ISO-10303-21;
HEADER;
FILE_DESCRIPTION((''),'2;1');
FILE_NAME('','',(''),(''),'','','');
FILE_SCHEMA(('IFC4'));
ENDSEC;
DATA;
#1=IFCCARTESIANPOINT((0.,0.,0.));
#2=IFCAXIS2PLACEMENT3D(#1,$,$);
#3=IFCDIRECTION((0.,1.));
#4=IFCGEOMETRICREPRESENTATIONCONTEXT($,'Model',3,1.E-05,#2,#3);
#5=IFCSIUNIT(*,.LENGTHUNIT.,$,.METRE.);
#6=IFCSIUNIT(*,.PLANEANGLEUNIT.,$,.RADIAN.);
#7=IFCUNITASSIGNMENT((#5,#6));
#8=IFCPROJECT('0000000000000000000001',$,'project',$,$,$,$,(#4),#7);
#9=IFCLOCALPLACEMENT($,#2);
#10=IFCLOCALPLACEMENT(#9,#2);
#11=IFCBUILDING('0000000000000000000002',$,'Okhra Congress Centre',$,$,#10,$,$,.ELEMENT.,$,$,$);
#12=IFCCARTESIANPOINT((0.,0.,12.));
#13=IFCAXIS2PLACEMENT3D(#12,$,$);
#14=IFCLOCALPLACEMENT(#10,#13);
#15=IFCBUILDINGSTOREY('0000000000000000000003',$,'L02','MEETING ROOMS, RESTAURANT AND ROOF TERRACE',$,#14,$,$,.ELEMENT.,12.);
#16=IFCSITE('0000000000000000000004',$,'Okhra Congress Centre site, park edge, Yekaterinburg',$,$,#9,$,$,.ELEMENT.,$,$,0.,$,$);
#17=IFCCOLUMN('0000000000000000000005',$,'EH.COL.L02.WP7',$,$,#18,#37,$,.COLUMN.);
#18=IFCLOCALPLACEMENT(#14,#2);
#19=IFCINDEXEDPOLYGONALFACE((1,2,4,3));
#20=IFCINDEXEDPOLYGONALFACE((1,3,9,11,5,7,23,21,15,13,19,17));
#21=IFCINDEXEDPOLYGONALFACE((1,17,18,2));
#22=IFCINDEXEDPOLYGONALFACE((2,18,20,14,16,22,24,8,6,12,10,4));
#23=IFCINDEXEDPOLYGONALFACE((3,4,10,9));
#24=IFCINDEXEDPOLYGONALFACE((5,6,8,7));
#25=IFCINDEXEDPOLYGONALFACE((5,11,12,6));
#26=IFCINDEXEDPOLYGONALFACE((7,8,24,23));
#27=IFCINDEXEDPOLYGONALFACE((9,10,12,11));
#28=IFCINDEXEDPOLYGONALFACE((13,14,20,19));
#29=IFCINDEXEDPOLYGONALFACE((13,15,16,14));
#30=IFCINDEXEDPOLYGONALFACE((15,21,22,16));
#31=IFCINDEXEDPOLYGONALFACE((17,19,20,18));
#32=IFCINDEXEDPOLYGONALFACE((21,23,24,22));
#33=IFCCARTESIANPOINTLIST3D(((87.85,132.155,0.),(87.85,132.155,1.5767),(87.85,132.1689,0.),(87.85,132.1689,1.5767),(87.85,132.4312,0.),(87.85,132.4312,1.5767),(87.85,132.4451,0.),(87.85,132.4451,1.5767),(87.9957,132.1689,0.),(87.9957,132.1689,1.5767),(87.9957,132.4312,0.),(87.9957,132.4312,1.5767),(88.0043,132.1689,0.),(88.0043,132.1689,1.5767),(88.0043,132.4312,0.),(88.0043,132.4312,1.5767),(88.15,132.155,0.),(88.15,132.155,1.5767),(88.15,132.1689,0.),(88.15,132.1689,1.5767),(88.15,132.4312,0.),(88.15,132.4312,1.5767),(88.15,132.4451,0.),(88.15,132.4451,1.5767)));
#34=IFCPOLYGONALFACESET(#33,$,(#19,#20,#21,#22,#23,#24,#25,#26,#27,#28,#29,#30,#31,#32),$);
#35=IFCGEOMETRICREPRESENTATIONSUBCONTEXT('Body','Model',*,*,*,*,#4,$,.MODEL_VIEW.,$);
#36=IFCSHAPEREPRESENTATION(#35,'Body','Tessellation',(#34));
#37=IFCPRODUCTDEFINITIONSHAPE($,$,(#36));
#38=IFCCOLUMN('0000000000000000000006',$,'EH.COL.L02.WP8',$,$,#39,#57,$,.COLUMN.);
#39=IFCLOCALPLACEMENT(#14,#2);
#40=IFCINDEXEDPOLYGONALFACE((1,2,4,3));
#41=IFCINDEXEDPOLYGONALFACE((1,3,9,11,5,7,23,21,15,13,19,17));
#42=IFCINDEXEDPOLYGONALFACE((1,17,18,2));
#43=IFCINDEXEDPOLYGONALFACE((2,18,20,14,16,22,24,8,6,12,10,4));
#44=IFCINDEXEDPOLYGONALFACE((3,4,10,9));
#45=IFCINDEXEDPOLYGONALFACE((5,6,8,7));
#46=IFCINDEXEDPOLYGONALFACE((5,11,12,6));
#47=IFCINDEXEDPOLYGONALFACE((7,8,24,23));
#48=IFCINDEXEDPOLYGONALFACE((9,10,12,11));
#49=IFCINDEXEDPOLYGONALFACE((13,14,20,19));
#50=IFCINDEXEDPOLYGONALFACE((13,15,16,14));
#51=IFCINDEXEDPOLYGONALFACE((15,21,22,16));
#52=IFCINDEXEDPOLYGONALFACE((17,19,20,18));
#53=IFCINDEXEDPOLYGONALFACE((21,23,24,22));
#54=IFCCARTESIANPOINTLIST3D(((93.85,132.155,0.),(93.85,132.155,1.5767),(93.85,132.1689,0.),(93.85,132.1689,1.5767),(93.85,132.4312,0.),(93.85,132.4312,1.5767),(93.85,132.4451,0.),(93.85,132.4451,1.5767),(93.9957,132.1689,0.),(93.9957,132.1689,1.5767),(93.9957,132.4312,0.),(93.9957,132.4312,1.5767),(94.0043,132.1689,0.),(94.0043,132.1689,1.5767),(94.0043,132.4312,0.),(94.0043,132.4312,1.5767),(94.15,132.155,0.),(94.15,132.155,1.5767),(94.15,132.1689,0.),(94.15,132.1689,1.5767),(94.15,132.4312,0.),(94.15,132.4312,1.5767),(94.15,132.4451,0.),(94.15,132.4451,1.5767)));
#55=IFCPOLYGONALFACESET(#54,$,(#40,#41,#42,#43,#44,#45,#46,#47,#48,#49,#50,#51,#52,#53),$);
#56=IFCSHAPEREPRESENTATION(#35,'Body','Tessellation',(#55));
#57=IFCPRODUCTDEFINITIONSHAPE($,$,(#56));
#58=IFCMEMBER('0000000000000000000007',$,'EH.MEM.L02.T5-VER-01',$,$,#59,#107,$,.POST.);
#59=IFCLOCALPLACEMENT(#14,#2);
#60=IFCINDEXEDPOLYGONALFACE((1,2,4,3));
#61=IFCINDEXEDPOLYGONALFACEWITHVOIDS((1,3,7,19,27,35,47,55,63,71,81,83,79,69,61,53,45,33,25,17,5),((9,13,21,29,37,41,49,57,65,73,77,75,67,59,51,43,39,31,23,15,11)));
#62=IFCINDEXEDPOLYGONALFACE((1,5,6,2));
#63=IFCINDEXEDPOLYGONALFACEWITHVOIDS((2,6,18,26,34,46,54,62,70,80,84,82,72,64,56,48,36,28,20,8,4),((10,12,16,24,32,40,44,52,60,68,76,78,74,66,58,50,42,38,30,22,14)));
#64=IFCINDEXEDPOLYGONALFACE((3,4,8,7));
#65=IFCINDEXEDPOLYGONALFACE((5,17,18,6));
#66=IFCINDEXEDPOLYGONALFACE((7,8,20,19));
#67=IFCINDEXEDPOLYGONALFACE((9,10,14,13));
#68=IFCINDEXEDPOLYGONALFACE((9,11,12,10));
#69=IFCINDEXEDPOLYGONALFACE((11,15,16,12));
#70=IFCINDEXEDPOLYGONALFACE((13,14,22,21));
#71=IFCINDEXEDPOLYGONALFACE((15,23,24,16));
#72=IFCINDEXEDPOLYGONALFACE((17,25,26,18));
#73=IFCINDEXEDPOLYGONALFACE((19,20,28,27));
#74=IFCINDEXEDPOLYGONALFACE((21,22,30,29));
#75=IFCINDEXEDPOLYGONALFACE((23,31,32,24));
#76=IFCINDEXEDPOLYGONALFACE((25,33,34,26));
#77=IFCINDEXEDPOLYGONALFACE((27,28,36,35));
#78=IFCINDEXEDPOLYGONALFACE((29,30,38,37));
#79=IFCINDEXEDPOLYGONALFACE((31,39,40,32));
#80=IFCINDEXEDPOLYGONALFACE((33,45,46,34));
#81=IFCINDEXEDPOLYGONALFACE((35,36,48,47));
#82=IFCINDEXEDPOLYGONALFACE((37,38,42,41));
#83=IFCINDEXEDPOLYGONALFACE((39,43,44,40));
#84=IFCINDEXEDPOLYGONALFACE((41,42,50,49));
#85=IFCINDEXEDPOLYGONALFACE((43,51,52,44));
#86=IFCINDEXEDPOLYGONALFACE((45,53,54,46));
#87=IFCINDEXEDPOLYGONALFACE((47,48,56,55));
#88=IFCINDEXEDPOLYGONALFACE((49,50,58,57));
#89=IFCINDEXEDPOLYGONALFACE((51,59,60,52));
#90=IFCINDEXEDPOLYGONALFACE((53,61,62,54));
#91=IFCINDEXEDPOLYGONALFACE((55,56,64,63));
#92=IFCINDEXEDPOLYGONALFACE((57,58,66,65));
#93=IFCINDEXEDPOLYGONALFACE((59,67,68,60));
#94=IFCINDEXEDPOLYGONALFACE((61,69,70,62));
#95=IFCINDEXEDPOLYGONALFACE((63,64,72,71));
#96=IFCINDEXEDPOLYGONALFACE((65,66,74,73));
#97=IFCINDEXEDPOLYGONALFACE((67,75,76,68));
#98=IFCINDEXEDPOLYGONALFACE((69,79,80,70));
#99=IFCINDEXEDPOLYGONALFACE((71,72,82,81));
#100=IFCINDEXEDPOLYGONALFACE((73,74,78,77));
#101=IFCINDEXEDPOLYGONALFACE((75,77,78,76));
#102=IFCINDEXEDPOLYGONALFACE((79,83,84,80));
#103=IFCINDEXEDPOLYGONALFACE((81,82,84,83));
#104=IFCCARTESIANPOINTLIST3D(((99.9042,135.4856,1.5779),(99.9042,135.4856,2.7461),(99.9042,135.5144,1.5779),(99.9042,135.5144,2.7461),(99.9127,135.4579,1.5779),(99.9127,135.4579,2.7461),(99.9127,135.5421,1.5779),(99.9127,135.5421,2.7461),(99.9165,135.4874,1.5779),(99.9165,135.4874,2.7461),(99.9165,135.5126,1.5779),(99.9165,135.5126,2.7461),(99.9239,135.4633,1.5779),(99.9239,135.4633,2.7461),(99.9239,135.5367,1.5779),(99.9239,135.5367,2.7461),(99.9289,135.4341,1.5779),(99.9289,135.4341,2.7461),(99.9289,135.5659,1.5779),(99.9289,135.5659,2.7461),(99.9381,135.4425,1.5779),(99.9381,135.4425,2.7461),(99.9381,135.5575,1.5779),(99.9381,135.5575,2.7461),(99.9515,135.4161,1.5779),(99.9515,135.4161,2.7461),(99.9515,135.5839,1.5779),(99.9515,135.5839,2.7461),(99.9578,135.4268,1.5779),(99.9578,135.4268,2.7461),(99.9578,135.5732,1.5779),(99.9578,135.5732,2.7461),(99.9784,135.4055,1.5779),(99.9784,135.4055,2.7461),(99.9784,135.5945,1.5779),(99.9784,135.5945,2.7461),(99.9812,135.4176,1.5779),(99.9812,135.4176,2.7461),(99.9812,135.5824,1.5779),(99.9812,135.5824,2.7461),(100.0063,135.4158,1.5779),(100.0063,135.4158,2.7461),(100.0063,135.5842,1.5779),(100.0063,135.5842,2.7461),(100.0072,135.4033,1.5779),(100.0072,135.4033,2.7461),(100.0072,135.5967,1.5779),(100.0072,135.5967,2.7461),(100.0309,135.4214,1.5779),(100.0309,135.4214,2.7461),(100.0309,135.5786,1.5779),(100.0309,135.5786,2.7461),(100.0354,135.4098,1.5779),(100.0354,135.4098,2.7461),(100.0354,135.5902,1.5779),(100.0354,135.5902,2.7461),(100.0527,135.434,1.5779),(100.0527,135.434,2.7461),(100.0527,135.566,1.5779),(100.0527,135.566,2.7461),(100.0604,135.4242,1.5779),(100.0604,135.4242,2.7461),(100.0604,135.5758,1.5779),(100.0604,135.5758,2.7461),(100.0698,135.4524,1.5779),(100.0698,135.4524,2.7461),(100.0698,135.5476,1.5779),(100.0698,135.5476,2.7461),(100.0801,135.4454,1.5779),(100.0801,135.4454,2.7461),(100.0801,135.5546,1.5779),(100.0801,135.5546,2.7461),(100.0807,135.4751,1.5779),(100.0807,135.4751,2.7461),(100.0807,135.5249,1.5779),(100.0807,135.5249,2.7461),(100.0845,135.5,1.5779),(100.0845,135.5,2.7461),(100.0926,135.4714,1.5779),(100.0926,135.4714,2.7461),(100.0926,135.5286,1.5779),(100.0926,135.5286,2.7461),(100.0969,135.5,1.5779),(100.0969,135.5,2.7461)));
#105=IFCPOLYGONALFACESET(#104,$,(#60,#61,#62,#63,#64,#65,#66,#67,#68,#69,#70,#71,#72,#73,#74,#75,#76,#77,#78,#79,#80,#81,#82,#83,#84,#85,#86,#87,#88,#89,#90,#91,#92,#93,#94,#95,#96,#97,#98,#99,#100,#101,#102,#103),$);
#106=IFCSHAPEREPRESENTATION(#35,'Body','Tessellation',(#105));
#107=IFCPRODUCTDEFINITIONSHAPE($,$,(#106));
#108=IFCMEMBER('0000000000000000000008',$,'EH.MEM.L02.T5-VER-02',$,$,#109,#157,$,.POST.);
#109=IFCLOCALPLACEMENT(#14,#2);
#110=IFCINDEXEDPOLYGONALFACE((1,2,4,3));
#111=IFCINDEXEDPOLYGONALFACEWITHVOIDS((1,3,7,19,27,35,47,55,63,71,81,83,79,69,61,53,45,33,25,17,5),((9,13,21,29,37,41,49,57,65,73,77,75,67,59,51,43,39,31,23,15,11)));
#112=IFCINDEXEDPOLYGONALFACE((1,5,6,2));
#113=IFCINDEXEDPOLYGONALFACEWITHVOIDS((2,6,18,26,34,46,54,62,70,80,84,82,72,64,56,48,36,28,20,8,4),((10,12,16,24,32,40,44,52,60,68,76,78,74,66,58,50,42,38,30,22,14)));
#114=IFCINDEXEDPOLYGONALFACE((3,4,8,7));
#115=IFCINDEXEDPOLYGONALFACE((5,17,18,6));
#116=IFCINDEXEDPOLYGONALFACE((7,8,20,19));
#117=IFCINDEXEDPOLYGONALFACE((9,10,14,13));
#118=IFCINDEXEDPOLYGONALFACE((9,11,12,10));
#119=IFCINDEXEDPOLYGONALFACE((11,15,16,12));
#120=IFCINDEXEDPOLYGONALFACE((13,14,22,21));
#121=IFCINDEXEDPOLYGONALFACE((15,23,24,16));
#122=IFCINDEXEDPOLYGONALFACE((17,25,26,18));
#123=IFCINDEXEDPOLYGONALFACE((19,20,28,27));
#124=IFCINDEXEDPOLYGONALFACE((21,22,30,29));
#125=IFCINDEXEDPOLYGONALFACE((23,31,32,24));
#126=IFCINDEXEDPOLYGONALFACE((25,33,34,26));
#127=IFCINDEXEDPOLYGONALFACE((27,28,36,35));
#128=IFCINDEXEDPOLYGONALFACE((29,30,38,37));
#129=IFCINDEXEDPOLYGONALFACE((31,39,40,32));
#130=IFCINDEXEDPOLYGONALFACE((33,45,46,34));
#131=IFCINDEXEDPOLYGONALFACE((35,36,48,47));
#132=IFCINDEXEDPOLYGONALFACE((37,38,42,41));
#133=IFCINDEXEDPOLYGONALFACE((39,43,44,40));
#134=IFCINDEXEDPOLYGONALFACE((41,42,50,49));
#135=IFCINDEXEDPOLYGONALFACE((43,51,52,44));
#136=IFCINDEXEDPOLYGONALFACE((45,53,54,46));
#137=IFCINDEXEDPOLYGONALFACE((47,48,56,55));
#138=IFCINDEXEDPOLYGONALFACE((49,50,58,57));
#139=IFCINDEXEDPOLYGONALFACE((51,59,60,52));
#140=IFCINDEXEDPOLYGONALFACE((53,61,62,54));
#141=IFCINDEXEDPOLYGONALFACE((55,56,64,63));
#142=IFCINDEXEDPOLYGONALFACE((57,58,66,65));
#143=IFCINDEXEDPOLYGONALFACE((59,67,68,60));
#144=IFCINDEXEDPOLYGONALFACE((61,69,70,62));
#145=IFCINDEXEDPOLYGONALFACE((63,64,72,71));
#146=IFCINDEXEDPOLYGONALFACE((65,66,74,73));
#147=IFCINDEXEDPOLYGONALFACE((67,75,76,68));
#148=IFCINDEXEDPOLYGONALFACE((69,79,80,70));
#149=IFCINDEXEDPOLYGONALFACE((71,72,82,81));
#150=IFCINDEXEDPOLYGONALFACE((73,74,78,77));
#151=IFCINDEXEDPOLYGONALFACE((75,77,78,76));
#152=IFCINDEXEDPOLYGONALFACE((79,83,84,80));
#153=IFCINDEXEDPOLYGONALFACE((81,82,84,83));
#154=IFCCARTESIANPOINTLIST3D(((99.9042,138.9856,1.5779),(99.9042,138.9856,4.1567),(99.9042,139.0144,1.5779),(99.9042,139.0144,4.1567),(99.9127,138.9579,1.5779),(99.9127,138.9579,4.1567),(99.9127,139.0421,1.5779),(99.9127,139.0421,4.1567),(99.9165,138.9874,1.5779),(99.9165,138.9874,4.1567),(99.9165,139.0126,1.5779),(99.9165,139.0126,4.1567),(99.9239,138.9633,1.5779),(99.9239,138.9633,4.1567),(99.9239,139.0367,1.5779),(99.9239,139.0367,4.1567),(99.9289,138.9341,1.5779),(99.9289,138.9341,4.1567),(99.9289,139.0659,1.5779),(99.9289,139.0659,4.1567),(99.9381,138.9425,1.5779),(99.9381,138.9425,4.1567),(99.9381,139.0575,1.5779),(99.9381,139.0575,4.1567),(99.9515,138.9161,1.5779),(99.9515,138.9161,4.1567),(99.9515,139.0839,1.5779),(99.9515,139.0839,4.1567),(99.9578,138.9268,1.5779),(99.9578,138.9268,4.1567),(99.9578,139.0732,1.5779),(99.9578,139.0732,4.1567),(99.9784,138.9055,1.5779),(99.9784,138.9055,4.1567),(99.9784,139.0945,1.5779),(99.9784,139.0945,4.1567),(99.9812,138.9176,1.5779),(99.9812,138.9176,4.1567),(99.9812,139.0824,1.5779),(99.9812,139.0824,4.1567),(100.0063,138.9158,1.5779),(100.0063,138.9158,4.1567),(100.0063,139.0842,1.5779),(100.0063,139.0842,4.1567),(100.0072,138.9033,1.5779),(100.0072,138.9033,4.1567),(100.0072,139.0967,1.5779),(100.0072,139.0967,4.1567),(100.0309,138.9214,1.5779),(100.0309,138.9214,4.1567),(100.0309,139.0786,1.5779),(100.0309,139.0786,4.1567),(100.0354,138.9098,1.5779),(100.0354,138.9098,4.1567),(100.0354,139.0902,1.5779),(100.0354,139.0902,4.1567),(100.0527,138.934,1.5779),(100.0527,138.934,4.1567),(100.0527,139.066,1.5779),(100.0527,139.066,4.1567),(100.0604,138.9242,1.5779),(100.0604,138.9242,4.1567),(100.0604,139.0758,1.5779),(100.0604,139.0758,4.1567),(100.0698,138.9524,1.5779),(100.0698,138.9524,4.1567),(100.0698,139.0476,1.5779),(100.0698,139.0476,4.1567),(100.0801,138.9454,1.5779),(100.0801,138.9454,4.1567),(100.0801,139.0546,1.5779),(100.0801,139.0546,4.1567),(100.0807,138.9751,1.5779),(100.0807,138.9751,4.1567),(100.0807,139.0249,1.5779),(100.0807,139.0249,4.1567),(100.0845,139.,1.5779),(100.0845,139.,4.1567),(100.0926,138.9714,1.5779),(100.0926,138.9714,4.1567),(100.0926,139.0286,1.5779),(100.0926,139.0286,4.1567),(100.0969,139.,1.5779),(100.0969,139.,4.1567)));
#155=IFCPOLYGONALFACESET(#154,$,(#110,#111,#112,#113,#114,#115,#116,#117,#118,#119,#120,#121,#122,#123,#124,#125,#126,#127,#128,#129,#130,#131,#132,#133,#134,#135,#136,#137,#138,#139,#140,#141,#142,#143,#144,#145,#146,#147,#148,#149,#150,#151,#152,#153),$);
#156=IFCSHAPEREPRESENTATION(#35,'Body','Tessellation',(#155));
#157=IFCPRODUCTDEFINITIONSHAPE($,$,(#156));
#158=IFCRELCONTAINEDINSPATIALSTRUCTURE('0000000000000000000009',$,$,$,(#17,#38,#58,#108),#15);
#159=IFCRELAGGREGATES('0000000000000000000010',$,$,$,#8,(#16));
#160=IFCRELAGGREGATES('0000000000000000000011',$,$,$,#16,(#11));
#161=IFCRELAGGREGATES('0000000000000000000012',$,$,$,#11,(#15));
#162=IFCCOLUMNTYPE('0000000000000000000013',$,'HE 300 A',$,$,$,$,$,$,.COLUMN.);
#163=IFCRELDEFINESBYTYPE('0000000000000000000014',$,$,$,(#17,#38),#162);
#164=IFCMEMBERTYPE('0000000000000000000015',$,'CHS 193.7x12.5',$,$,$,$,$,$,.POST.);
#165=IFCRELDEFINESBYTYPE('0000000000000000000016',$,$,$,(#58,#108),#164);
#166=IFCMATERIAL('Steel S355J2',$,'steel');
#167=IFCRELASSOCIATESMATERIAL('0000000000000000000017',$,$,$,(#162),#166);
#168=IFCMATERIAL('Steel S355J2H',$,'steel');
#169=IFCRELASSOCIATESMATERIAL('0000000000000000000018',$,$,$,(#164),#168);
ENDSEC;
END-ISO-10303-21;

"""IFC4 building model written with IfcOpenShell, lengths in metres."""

from ifc_helpers import new_model, si_unit, direction, frame, origin, origin_2d, place, context, subcontext, project, spatial, hollow_circle, i_section, extrude, material, material_profile, profile_set, type_object, element, save


model = new_model("IFC4")

# Units and contexts
model_context = context("Model", 3, precision=1e-05, world=origin(), true_north=direction((0.0, 1.0)))
body_context = subcontext(model_context, "Body", "Model", "MODEL_VIEW")
ifc_project = project(units=[si_unit("LENGTHUNIT", "METRE"), si_unit("PLANEANGLEUNIT", "RADIAN")], contexts=[model_context])

# Site, building, storey
site_placement = place(None, origin())
site = spatial("IfcSite", under=ifc_project, at=site_placement, Name="Okhra Congress Centre site, park edge, Yekaterinburg", CompositionType="ELEMENT", RefElevation=0.0)
building_placement = place(site_placement, origin())
building = spatial("IfcBuilding", under=site, at=building_placement, Name="Okhra Congress Centre", CompositionType="ELEMENT")
storey_placement = place(building_placement, frame((0.0, 0.0, 12.0)))
storey = spatial("IfcBuildingStorey", under=building, at=storey_placement, Name="L02", Description="MEETING ROOMS, RESTAURANT AND ROOF TERRACE", CompositionType="ELEMENT", Elevation=12.0)

# Columns
ifc_material_1 = material(Name="Steel S355J2", Category="steel")
ifc_material_profile_1 = material_profile(ifc_material_1, i_section(OverallWidth=0.3, OverallDepth=0.29, WebThickness=0.0085, FlangeThickness=0.0139, at=origin_2d()), Name="HE 300 A")
ifc_profile_set_1 = profile_set([ifc_material_profile_1], Name="Steel S355J2")
column_type = type_object("IfcColumnType", Name="HE 300 A", PredefinedType="COLUMN", material=ifc_profile_set_1)
for number, where, z_axis, x_axis, name in (
    (1, (88.0, 132.3, 0.0), (0.0, 0.0, 1.0), (1.0, 0.0, 0.0), "EH.COL.L02.WP7"),
    (2, (94.0, 132.3, 0.0), (0.0, 0.0, 1.0), (1.0, 0.0, 0.0), "EH.COL.L02.WP8"),
):
    element("IfcColumn", number, at=place(storey_placement, frame(where, z_axis=z_axis, x_axis=x_axis)), inside=storey, type_object=column_type, Name=name, PredefinedType="COLUMN", context=body_context, shape_type="SweptSolid", body=[
        extrude(i_section(OverallWidth=0.3, OverallDepth=0.29, WebThickness=0.0085, FlangeThickness=0.0139, at=origin_2d()), origin(), (0.0, 0.0, 1.0), 1.5767),
    ])

# Members
ifc_material_2 = material(Name="Steel S355J2H", Category="steel")
ifc_material_profile_2 = material_profile(ifc_material_2, hollow_circle(Radius=0.0969, WallThickness=0.0125, at=origin_2d()), Name="CHS 193.7x12.5")
ifc_profile_set_2 = profile_set([ifc_material_profile_2], Name="Steel S355J2H")
member_type_1 = type_object("IfcMemberType", Name="CHS 193.7x12.5", PredefinedType="POST", material=ifc_profile_set_2)
member_1_placement = place(storey_placement, frame((100.0, 135.5, 1.5779), z_axis=(0.0, 0.0, 1.0), x_axis=(1.0, 0.0, 0.0)))
element("IfcMember", 3, at=member_1_placement, inside=storey, type_object=member_type_1, Name="EH.MEM.L02.T5-VER-01", PredefinedType="POST", context=body_context, shape_type="SweptSolid", body=[
    extrude(hollow_circle(Radius=0.0969, WallThickness=0.0125, at=origin_2d()), origin(), (0.0, 0.0, 1.0), 1.1682),
])
member_2_placement = place(storey_placement, frame((100.0, 139.0, 1.5779), z_axis=(0.0, 0.0, 1.0), x_axis=(1.0, 0.0, 0.0)))
element("IfcMember", 4, at=member_2_placement, inside=storey, type_object=member_type_1, Name="EH.MEM.L02.T5-VER-02", PredefinedType="POST", context=body_context, shape_type="SweptSolid", body=[
    extrude(hollow_circle(Radius=0.0969, WallThickness=0.0125, at=origin_2d()), origin(), (0.0, 0.0, 1.0), 2.5789),
])

save(model, "model.ifc")
